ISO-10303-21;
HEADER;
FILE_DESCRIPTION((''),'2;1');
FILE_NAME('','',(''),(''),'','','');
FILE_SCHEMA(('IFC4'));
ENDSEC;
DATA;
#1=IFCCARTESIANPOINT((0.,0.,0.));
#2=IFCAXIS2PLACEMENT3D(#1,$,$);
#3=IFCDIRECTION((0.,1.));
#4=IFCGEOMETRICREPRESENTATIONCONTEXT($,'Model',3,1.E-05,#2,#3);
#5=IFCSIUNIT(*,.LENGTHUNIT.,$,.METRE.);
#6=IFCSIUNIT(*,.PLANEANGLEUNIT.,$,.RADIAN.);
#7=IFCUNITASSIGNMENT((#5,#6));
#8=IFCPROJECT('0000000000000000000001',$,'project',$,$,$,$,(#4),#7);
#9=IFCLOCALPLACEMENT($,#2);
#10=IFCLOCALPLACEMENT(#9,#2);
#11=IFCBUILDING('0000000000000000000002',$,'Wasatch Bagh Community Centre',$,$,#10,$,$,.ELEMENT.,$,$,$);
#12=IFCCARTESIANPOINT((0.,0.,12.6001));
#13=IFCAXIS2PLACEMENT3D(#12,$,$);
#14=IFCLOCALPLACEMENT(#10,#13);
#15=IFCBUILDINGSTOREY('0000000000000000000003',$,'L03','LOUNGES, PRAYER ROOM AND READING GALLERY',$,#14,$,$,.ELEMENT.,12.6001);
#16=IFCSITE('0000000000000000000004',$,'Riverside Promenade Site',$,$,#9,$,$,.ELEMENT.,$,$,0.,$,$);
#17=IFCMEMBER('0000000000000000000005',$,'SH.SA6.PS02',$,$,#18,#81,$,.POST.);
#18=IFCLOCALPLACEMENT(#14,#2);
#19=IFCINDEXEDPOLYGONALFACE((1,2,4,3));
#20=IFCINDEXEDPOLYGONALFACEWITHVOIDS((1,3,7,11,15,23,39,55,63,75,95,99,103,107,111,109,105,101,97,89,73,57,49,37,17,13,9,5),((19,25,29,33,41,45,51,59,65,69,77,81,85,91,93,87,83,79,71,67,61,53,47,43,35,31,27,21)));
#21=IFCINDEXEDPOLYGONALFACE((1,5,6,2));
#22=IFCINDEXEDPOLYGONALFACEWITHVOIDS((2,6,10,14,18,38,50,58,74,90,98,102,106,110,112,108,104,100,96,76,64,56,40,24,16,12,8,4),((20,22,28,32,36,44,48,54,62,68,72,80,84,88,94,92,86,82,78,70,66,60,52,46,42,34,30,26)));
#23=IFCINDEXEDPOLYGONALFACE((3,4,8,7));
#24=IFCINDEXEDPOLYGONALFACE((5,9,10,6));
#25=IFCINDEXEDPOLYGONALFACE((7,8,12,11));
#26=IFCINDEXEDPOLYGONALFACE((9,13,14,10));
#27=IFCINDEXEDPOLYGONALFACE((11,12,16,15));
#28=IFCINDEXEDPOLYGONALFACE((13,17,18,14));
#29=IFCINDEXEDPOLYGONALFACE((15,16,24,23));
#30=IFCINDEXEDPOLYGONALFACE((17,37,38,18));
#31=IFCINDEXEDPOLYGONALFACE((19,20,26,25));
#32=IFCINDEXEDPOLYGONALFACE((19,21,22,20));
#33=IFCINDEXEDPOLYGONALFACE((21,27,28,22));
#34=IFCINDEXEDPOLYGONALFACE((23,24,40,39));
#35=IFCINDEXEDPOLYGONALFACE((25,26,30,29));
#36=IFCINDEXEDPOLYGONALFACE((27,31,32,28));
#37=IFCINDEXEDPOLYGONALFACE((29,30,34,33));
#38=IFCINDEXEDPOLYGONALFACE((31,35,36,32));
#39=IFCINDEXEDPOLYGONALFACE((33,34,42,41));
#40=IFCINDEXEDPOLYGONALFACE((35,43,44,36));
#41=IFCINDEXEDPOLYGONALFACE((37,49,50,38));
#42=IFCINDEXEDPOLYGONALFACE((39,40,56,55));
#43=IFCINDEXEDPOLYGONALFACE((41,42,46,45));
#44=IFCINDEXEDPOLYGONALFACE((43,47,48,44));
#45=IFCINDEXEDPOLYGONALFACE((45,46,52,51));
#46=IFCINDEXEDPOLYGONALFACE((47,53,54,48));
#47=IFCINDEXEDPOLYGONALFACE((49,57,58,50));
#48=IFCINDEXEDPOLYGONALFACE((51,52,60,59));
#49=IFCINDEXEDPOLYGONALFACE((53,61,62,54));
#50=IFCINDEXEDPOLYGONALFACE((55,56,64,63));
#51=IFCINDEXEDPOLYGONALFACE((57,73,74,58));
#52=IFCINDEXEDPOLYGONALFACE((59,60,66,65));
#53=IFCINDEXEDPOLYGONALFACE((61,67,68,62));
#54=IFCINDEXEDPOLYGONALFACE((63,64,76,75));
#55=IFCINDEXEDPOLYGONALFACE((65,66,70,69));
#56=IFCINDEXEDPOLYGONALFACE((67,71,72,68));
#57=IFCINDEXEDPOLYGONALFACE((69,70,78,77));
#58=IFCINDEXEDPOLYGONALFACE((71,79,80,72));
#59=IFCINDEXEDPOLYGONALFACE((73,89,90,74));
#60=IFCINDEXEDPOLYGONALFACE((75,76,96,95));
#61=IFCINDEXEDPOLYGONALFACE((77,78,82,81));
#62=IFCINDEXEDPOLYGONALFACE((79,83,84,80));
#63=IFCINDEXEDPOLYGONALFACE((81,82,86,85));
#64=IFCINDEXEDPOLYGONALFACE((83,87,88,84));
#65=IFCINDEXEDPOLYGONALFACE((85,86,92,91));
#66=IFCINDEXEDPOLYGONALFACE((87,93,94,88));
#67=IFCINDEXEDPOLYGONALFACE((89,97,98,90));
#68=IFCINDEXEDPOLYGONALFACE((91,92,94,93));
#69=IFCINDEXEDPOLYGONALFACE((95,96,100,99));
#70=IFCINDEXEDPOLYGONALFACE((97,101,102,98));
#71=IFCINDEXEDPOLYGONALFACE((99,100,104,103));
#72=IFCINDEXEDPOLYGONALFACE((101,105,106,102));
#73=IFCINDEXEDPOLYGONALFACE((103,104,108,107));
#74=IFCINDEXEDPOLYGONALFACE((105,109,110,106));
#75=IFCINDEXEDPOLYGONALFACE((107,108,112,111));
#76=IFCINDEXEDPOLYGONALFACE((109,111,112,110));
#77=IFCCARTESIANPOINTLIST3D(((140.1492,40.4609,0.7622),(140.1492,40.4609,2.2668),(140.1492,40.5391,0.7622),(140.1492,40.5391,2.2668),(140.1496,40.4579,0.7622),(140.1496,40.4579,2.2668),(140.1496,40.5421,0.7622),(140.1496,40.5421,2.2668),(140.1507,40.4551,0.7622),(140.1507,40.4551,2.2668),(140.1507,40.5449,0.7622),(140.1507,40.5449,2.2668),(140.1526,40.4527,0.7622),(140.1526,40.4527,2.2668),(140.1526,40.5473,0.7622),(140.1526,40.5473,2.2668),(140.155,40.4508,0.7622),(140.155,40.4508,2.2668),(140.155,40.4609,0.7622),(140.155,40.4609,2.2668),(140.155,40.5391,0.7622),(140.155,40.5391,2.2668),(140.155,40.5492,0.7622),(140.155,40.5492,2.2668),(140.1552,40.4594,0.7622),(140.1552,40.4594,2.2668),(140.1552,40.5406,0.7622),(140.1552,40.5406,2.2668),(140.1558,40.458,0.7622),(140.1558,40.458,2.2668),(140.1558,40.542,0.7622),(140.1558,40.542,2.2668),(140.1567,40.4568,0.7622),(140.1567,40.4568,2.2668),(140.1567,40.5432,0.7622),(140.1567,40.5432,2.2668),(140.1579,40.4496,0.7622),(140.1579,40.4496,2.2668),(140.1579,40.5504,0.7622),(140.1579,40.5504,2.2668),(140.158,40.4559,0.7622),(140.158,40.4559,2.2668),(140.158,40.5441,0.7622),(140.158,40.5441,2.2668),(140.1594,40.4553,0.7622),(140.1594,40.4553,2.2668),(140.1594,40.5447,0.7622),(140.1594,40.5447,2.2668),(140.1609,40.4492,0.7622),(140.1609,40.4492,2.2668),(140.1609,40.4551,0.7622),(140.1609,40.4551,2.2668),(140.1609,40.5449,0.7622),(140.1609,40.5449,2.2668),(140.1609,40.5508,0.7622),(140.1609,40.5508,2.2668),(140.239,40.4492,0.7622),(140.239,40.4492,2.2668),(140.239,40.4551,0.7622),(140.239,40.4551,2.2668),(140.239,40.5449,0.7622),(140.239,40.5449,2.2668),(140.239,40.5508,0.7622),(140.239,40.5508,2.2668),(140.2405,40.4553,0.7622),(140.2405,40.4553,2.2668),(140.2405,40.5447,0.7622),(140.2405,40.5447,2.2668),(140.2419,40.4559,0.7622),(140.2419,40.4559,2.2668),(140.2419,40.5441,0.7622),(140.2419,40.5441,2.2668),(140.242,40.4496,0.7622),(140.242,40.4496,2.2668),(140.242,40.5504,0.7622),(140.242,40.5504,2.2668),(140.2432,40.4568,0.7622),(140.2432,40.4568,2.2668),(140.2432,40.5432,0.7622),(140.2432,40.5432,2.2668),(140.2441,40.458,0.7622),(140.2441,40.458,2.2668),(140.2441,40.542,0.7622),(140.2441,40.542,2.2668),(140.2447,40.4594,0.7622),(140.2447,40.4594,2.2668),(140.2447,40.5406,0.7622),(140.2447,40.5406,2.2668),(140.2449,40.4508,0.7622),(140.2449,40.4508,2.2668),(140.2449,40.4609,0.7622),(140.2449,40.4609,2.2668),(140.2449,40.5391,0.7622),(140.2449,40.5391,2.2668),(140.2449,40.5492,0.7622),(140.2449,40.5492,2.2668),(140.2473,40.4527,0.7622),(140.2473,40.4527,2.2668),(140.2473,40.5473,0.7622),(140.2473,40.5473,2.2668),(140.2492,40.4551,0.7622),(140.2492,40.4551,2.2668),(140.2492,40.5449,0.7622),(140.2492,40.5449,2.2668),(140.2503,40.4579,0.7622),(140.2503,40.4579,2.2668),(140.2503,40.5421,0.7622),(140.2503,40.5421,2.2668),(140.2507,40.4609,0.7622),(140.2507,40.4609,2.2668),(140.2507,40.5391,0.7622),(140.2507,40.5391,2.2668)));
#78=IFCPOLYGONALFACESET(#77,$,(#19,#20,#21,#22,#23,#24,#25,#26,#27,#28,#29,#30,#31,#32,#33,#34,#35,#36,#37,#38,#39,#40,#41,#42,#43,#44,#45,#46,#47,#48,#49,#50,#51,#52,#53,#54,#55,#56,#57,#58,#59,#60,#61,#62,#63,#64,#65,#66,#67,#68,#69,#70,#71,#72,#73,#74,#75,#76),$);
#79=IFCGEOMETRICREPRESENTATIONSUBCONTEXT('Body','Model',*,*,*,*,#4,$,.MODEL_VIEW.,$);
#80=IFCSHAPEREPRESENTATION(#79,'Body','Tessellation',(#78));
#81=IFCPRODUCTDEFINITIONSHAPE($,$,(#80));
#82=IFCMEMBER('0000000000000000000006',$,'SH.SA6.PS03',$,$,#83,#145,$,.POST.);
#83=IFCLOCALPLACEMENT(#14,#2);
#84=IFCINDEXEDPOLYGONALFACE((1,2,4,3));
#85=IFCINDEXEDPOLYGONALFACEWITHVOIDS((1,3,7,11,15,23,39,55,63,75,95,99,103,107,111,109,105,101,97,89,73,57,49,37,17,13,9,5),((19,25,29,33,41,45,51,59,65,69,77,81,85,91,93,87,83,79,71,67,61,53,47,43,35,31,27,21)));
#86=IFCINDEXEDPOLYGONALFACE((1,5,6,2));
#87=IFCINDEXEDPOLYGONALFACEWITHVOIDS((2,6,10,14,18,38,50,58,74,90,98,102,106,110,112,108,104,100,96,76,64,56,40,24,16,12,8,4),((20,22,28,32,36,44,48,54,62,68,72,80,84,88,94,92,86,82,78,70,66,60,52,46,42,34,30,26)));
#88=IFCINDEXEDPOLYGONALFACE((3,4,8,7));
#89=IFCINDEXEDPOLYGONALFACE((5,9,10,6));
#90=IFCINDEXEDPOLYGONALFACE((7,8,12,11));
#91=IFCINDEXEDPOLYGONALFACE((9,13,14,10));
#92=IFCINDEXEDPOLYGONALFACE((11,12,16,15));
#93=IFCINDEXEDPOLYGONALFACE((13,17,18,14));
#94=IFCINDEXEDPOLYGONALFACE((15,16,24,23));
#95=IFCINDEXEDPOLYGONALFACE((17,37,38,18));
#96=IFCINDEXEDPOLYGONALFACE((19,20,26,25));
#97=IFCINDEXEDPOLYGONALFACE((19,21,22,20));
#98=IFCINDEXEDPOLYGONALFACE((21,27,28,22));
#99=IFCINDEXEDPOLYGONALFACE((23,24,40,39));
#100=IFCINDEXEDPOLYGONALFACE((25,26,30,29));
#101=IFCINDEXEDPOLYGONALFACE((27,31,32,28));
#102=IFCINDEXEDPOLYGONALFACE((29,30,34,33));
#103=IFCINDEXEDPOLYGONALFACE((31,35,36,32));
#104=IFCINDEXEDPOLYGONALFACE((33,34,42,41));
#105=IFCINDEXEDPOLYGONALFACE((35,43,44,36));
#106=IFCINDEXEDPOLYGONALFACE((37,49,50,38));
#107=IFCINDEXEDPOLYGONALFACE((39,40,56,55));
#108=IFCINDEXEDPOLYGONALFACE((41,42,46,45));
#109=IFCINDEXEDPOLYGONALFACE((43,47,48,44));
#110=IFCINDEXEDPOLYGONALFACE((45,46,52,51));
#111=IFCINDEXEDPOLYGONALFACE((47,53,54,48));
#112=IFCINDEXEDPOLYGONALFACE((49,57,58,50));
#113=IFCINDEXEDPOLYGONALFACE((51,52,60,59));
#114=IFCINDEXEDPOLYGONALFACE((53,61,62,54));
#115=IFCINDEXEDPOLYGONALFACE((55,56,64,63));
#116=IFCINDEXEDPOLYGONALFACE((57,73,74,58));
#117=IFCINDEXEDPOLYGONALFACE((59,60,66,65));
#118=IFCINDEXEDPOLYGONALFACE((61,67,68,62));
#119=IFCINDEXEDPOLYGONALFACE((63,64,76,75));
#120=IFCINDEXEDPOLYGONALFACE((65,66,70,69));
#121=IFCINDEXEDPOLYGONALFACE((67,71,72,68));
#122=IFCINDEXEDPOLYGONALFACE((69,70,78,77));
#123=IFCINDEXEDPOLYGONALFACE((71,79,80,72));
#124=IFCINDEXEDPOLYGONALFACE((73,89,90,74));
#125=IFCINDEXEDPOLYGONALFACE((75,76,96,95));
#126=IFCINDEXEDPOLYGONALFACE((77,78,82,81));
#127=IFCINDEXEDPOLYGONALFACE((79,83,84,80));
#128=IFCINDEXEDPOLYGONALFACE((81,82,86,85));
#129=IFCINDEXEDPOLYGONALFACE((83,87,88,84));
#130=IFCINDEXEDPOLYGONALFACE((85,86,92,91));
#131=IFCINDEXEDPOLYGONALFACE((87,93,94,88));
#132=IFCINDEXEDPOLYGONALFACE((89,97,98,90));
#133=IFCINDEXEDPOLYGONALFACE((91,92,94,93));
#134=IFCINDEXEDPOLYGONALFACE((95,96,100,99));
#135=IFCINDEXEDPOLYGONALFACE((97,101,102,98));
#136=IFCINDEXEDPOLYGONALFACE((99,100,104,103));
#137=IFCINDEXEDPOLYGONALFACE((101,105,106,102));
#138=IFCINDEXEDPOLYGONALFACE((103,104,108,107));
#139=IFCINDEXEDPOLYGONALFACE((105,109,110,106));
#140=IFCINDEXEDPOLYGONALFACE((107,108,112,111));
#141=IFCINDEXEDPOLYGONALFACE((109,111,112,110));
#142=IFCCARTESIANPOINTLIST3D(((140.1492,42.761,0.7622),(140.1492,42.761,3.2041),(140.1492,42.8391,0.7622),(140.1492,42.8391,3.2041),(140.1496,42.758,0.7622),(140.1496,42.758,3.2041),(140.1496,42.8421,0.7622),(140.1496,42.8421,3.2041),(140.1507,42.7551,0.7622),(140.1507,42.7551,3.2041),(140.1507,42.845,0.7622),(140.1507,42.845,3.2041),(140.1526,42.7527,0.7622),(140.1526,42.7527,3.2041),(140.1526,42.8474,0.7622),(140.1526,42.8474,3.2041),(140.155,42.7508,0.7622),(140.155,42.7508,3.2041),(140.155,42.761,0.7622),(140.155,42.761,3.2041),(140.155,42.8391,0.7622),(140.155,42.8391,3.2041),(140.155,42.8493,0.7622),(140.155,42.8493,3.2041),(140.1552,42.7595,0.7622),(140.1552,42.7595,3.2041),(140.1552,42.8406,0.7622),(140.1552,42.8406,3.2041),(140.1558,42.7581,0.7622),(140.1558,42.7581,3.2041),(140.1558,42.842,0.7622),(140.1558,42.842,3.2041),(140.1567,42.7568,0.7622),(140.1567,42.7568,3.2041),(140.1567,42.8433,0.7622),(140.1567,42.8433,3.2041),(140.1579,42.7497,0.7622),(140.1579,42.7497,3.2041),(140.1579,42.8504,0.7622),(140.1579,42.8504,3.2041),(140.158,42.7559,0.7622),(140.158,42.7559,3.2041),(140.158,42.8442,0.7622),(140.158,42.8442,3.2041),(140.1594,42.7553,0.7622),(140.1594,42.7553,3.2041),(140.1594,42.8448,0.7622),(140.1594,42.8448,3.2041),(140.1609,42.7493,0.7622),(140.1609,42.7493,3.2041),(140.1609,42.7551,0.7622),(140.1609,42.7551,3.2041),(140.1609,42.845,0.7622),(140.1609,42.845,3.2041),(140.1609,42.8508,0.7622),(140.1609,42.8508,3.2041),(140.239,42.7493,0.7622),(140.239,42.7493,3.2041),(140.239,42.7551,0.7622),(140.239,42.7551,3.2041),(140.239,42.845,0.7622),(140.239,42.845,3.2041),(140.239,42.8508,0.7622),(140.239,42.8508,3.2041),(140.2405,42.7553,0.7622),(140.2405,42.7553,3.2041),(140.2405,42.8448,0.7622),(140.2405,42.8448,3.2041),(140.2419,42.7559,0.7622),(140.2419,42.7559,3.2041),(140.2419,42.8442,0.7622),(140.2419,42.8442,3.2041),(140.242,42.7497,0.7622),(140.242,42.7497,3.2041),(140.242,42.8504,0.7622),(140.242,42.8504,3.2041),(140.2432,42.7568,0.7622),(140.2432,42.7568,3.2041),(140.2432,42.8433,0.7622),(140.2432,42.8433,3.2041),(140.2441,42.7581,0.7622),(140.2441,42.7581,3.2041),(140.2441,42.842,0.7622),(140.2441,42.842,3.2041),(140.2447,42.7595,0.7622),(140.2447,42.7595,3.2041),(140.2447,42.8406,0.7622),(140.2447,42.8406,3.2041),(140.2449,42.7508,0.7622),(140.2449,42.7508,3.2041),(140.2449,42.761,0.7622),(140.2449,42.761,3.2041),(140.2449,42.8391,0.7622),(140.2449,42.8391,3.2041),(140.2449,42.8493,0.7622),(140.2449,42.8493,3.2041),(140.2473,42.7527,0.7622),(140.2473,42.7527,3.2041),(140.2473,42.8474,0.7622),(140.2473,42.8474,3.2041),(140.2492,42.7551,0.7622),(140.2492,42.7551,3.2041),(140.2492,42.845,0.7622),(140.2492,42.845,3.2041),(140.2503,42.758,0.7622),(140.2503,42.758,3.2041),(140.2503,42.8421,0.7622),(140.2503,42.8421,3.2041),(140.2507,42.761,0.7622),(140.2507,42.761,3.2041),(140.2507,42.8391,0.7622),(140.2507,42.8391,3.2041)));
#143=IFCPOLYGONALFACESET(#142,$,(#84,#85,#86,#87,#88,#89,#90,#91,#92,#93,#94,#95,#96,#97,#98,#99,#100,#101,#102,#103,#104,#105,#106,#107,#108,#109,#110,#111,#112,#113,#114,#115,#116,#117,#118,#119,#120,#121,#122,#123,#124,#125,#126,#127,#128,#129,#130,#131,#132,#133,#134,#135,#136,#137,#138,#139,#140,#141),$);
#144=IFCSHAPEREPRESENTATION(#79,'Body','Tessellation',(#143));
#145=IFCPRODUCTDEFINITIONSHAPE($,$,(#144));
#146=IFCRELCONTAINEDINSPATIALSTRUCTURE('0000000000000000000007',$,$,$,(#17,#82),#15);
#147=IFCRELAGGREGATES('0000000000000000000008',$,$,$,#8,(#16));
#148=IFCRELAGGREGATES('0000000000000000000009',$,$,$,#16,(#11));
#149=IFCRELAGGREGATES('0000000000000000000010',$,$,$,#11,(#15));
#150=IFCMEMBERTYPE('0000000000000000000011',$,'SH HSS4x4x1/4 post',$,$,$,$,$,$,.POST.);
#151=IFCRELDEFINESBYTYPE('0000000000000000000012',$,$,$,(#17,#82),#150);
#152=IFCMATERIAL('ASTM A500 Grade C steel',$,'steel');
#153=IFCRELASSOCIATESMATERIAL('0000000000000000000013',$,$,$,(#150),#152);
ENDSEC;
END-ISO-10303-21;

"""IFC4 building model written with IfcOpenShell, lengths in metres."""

from ifc_helpers import new_model, si_unit, direction, frame, origin, origin_2d, place, context, subcontext, project, spatial, hollow_rectangle, extrude, material, material_profile, profile_set, type_object, element, save


model = new_model("IFC4")

# Units and contexts
model_context = context("Model", 3, precision=1e-05, world=origin(), true_north=direction((0.0, 1.0)))
body_context = subcontext(model_context, "Body", "Model", "MODEL_VIEW")
ifc_project = project(units=[si_unit("LENGTHUNIT", "METRE"), si_unit("PLANEANGLEUNIT", "RADIAN")], contexts=[model_context])

# Site, building, storey
site_placement = place(None, origin())
site = spatial("IfcSite", under=ifc_project, at=site_placement, Name="Riverside Promenade Site", CompositionType="ELEMENT", RefElevation=0.0)
building_placement = place(site_placement, origin())
building = spatial("IfcBuilding", under=site, at=building_placement, Name="Wasatch Bagh Community Centre", CompositionType="ELEMENT")
storey_placement = place(building_placement, frame((0.0, 0.0, 12.6001)))
storey = spatial("IfcBuildingStorey", under=building, at=storey_placement, Name="L03", Description="LOUNGES, PRAYER ROOM AND READING GALLERY", CompositionType="ELEMENT", Elevation=12.6001)

# Members
ifc_material_1 = material(Name="ASTM A500 Grade C steel", Category="steel")
ifc_material_profile_1 = material_profile(ifc_material_1, hollow_rectangle(XDim=0.1016, YDim=0.1016, WallThickness=0.0059, InnerFilletRadius=0.0059, OuterFilletRadius=0.0117, at=origin_2d()), Name="HSS4x4x1/4")
ifc_profile_set_1 = profile_set([ifc_material_profile_1], Name="ASTM A500 Grade C steel")
member_type_1 = type_object("IfcMemberType", Name="SH HSS4x4x1/4 post", PredefinedType="POST", material=ifc_profile_set_1)
member_1_placement = place(storey_placement, frame((140.2, 40.5, 0.7622), z_axis=(0.0, 0.0, 1.0), x_axis=(1.0, 0.0, 0.0)))
element("IfcMember", 1, at=member_1_placement, inside=storey, type_object=member_type_1, Name="SH.SA6.PS02", PredefinedType="POST", context=body_context, shape_type="SweptSolid", body=[
    extrude(hollow_rectangle(XDim=0.1016, YDim=0.1016, WallThickness=0.0059, InnerFilletRadius=0.0059, OuterFilletRadius=0.0117, at=origin_2d()), origin(), (0.0, 0.0, 1.0), 1.5046),
])
member_2_placement = place(storey_placement, frame((140.2, 42.8, 0.7622), z_axis=(0.0, 0.0, 1.0), x_axis=(1.0, 0.0, 0.0)))
element("IfcMember", 2, at=member_2_placement, inside=storey, type_object=member_type_1, Name="SH.SA6.PS03", PredefinedType="POST", context=body_context, shape_type="SweptSolid", body=[
    extrude(hollow_rectangle(XDim=0.1016, YDim=0.1016, WallThickness=0.0059, InnerFilletRadius=0.0059, OuterFilletRadius=0.0117, at=origin_2d()), origin(), (0.0, 0.0, 1.0), 2.4419),
])

save(model, "model.ifc")
